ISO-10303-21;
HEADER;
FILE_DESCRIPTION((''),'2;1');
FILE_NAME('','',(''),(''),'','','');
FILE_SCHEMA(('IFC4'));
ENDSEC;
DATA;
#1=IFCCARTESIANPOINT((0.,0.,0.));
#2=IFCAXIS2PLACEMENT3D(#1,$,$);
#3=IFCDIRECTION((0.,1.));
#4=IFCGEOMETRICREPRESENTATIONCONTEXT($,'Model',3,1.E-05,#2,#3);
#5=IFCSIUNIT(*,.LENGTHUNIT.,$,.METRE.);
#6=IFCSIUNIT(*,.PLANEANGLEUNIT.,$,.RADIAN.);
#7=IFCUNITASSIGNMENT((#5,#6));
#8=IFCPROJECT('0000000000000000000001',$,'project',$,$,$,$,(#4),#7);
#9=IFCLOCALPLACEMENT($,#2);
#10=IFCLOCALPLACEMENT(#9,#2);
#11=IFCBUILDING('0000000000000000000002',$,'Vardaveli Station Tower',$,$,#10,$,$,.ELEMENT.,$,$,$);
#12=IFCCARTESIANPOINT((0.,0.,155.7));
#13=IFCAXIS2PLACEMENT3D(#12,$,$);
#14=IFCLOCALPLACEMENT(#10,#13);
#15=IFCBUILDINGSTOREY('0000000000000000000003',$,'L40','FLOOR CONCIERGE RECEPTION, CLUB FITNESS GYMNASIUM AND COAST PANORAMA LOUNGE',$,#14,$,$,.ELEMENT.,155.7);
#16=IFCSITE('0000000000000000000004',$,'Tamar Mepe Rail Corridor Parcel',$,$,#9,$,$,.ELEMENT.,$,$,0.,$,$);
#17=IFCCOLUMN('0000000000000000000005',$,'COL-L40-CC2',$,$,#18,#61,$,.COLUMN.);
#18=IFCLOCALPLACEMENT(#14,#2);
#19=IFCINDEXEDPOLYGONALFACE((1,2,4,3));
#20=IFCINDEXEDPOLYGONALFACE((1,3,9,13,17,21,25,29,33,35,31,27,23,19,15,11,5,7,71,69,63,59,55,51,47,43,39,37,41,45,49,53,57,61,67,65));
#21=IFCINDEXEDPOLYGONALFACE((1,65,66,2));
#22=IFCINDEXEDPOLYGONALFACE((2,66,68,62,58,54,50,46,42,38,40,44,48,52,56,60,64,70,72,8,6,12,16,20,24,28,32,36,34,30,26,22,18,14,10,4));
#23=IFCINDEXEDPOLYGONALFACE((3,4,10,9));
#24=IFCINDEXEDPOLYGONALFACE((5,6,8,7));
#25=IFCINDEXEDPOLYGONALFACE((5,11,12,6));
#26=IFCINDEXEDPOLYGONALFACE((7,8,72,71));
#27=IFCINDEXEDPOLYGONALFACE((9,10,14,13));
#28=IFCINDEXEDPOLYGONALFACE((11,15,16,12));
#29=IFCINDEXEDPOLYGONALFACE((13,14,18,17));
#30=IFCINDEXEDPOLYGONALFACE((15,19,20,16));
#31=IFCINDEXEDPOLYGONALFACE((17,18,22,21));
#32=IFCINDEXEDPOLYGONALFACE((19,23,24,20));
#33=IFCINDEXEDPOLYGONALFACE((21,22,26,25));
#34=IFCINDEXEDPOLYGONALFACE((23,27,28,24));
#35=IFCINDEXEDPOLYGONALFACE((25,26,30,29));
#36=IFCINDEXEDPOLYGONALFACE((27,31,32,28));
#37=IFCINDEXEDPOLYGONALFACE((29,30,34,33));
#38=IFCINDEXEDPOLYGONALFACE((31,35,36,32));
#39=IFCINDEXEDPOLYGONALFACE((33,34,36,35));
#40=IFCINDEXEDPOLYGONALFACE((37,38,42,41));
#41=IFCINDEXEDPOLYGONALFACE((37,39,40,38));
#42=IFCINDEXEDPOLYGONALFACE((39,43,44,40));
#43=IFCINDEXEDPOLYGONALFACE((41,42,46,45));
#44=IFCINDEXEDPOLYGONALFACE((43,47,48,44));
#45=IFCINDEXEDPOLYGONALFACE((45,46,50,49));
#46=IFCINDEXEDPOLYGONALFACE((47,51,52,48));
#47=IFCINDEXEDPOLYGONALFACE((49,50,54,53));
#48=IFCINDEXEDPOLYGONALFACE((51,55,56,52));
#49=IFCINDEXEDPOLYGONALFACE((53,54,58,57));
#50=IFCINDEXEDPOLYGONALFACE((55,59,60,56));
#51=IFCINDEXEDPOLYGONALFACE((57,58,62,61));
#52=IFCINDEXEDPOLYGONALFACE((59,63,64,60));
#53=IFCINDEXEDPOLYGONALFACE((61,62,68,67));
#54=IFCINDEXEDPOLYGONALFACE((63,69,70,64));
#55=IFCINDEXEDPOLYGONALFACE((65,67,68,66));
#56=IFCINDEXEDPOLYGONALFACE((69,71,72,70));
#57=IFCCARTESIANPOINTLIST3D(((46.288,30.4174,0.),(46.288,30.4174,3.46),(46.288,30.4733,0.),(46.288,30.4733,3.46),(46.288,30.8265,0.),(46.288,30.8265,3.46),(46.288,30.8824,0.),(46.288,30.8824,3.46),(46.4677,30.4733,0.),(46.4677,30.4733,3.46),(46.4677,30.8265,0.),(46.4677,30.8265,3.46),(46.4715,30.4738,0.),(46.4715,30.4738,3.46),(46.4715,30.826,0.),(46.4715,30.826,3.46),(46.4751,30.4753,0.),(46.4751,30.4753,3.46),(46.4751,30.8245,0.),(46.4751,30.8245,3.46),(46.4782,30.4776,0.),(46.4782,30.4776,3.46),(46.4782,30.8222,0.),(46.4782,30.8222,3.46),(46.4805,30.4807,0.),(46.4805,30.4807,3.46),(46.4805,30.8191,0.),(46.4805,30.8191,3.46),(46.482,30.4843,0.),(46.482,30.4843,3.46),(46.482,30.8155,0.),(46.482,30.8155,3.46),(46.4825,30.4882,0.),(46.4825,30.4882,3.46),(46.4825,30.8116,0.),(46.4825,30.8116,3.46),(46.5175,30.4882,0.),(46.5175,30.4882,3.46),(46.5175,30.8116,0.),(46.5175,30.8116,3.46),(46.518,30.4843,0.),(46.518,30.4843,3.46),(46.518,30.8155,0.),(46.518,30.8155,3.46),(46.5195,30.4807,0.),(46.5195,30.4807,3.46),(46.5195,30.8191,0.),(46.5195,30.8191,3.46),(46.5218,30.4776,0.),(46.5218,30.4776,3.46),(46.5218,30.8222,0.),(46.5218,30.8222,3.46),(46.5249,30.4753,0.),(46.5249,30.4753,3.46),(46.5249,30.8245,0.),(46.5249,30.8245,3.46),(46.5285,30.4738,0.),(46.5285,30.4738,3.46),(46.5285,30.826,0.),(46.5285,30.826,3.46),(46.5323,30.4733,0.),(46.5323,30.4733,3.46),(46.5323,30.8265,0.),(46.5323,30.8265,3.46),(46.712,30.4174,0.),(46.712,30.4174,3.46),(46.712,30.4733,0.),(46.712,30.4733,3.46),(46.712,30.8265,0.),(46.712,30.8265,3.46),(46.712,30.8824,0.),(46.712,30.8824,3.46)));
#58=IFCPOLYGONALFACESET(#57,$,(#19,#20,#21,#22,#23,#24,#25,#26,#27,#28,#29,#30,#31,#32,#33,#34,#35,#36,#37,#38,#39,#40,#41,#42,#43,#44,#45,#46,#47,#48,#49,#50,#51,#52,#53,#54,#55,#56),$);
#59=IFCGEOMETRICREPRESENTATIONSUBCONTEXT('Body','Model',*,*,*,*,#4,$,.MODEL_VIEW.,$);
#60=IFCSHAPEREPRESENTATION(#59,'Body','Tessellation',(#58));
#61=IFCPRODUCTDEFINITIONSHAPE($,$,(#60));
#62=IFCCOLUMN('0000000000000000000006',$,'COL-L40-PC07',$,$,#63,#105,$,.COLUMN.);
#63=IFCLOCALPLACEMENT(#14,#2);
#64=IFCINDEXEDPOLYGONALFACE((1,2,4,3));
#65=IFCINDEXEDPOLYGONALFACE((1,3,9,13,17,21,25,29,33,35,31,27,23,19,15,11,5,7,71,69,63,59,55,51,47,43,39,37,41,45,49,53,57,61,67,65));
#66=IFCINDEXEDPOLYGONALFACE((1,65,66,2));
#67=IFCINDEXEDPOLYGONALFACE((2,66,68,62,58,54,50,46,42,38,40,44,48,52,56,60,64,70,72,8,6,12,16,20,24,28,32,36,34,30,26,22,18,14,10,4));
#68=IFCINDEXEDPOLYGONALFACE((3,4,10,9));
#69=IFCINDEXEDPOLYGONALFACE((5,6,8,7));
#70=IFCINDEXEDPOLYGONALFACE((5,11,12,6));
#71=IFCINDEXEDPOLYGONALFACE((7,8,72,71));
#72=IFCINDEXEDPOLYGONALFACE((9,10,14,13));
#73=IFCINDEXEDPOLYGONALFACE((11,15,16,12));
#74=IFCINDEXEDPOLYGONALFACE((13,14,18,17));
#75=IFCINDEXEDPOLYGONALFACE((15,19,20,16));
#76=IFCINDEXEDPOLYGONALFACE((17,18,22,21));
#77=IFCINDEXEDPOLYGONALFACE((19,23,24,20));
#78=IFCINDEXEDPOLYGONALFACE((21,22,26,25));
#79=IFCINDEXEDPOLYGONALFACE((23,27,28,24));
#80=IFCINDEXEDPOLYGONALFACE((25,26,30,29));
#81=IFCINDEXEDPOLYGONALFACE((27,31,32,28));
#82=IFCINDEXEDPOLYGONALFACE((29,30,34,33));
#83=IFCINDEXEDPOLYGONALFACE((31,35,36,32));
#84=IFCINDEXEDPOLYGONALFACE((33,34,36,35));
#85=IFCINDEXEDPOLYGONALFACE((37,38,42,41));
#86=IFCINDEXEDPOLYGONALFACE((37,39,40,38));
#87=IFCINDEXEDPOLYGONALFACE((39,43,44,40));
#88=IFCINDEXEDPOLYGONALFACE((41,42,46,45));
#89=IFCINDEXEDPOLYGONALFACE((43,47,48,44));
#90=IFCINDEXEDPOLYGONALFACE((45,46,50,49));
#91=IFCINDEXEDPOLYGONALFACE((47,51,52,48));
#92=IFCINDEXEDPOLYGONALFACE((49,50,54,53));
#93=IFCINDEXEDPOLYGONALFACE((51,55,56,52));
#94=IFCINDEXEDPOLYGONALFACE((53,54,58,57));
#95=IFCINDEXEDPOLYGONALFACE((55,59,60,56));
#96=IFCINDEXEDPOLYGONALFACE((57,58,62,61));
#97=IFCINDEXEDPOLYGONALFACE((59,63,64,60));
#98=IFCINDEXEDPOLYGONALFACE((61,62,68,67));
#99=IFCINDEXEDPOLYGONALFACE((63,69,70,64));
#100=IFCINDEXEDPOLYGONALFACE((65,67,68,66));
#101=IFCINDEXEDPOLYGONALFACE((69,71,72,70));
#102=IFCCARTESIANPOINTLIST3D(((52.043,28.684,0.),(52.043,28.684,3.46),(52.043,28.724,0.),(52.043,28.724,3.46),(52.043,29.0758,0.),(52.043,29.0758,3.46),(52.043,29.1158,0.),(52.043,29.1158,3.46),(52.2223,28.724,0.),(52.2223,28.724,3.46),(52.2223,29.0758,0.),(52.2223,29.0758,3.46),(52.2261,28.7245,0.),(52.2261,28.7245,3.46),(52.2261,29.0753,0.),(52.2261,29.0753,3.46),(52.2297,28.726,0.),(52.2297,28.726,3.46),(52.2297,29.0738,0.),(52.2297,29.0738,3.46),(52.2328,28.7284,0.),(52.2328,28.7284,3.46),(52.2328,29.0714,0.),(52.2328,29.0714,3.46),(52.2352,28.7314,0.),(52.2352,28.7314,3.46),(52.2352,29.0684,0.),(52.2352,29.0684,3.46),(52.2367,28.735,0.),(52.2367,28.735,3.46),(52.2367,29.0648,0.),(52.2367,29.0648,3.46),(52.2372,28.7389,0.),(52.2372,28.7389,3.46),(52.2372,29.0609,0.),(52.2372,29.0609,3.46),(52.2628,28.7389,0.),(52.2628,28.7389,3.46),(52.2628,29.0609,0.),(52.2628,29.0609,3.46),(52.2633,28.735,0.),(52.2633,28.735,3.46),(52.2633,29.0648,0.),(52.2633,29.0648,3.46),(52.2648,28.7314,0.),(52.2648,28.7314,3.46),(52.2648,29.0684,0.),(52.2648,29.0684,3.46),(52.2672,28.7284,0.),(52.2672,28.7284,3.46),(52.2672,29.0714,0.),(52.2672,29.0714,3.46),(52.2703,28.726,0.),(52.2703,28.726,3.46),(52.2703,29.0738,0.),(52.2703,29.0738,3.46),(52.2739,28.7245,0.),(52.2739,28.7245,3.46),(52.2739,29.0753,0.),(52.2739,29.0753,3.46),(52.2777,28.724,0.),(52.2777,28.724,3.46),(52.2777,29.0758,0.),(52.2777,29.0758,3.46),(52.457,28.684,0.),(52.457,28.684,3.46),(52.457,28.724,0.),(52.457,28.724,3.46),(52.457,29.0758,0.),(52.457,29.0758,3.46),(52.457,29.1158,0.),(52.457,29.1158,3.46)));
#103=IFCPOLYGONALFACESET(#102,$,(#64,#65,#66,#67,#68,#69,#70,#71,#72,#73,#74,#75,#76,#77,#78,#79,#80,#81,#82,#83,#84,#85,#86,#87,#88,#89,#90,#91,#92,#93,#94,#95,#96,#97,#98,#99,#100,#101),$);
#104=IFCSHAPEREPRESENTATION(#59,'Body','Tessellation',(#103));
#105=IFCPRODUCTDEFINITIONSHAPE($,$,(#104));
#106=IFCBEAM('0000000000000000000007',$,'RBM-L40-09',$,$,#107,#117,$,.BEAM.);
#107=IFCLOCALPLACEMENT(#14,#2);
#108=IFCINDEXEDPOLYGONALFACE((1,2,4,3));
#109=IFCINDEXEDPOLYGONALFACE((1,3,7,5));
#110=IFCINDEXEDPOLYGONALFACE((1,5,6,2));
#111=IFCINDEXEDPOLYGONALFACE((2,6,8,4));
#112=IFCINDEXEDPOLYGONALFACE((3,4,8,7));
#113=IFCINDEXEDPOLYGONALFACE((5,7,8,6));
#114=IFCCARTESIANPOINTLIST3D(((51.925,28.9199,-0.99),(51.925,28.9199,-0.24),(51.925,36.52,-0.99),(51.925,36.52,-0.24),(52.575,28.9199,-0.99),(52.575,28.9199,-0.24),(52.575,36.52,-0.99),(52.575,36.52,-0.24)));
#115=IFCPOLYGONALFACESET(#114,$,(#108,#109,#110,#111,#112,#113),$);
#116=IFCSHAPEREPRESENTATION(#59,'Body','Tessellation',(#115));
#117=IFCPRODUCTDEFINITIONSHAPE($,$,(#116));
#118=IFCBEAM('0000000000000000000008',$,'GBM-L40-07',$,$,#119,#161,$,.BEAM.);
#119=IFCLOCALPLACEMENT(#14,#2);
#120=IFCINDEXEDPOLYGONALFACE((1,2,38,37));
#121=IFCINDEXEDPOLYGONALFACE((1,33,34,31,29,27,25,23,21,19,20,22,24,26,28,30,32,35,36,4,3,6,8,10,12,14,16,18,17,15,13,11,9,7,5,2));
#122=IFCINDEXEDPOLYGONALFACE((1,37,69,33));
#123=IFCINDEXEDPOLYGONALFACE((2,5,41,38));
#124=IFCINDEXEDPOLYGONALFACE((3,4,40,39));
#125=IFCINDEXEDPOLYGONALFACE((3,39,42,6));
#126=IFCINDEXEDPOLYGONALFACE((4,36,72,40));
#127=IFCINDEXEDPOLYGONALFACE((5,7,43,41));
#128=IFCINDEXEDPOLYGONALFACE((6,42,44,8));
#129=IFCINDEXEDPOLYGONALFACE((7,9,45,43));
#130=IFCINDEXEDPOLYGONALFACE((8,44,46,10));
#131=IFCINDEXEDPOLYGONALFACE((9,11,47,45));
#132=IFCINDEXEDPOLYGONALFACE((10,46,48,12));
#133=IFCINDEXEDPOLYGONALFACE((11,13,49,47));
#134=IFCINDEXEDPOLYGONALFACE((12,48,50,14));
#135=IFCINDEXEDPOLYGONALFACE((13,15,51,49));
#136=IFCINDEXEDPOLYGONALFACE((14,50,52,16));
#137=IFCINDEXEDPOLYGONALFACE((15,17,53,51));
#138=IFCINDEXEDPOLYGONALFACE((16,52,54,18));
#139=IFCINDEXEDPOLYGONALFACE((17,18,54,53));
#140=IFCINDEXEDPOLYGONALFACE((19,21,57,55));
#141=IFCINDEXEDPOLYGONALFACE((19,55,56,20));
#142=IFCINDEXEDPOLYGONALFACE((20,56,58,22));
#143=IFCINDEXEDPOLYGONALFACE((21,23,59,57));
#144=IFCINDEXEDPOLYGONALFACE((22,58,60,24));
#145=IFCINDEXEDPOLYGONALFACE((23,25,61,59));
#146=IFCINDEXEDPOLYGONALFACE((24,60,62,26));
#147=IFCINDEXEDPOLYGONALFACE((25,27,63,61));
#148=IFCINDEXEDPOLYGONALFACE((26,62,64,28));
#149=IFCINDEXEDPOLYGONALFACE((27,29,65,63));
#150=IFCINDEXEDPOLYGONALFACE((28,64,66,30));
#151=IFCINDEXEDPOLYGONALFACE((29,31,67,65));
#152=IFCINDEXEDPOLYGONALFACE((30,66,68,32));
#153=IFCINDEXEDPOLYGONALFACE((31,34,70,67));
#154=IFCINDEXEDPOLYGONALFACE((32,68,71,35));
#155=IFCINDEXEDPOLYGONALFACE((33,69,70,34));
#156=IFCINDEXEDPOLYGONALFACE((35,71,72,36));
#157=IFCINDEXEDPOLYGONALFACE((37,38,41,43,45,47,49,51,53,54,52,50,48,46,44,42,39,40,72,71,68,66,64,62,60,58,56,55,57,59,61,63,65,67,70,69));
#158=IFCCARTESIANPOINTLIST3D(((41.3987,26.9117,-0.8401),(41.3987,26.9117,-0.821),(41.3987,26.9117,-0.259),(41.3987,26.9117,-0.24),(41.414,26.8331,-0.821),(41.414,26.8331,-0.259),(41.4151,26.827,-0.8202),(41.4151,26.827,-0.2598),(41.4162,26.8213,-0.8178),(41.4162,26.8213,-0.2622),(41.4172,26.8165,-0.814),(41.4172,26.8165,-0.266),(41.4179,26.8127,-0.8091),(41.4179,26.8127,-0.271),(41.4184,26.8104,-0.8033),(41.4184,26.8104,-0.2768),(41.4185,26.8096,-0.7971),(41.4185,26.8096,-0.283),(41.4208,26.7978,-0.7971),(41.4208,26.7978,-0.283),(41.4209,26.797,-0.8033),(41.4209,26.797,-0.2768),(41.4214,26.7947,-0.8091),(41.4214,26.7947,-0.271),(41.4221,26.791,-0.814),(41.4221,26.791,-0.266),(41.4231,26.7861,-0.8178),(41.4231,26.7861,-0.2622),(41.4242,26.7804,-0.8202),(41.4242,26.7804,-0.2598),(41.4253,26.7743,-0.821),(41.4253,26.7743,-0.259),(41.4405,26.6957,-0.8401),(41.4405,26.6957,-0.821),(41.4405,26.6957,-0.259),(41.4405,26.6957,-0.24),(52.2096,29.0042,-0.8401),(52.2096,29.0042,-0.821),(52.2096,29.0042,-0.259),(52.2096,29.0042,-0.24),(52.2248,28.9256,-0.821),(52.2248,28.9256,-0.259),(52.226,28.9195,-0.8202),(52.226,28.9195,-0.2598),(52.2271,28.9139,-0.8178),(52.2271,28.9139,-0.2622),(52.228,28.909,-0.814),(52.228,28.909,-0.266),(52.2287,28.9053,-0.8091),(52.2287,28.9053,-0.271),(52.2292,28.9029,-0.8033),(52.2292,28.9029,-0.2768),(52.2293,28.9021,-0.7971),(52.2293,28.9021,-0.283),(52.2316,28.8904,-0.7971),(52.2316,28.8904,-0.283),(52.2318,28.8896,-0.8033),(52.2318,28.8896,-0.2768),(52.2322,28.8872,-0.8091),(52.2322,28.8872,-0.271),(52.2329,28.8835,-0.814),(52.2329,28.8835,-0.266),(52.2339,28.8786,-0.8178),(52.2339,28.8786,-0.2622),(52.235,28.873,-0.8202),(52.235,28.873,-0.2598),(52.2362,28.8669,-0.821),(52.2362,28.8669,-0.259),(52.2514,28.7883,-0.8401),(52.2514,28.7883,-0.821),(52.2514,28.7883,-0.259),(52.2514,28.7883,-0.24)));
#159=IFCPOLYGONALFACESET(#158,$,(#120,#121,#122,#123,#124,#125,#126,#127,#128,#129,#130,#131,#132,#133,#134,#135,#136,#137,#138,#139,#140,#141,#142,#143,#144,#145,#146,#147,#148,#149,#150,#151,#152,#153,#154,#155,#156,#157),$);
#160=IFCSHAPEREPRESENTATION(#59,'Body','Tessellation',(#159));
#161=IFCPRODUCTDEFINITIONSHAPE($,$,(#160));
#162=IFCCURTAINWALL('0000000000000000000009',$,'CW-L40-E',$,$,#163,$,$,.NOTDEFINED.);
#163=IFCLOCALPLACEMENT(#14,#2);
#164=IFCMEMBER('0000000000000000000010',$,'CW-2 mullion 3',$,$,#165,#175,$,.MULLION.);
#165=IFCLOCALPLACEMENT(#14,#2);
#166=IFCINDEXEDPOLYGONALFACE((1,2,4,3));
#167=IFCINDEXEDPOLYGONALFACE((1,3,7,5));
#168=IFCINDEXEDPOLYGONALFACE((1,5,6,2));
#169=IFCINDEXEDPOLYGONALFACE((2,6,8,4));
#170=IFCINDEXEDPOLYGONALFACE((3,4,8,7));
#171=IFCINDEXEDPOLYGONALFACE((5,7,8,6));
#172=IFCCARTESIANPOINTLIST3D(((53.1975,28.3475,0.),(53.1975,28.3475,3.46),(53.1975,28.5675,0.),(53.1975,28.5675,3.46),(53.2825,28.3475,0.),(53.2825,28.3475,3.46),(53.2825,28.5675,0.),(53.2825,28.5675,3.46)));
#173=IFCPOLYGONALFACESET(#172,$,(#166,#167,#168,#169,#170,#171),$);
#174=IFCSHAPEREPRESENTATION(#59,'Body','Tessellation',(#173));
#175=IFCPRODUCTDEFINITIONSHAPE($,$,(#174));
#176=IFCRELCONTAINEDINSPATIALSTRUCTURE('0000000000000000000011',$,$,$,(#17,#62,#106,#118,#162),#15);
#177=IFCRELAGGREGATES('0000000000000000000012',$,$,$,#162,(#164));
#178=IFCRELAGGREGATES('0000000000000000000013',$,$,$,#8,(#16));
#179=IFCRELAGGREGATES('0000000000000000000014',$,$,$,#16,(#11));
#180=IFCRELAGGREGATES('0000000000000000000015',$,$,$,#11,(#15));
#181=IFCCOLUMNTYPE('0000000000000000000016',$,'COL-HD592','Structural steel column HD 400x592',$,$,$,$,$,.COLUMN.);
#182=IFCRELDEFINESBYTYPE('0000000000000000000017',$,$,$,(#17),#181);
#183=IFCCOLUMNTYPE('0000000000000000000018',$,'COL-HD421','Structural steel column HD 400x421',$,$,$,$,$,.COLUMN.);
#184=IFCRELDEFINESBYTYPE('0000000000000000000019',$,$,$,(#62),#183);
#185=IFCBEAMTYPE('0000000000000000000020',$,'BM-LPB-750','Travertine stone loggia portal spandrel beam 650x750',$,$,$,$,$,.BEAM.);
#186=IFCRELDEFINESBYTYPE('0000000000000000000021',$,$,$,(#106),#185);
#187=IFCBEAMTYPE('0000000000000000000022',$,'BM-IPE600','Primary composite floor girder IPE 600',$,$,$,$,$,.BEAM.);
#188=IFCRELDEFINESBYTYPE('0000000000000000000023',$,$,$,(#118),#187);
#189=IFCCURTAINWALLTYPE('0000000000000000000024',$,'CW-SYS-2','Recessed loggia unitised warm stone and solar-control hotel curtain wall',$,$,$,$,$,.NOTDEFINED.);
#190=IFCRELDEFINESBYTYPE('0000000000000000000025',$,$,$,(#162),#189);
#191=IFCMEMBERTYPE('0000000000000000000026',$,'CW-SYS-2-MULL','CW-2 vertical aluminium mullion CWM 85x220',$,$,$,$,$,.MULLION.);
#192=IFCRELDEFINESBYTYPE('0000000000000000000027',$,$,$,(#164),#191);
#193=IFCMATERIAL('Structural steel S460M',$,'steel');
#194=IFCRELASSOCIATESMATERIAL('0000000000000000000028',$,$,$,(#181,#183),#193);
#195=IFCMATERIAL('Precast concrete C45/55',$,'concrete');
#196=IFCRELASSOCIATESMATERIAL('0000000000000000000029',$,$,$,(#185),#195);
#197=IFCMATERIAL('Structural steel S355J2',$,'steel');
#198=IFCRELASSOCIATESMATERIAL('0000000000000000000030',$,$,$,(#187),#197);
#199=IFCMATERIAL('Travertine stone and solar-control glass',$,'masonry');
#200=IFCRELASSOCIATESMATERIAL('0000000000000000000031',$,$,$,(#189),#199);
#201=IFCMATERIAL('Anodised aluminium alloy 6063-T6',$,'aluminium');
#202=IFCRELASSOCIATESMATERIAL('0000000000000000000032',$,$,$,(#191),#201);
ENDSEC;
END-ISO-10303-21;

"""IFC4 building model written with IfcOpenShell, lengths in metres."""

from ifc_helpers import new_model, si_unit, direction, frame, origin, origin_2d, place, context, subcontext, project, spatial, rectangle, i_section, extrude, source, transform, mapped, material, material_profile, profile_set, type_object, element, aggregate, save


model = new_model("IFC4")

# Units and contexts
model_context = context("Model", 3, precision=1e-05, world=origin(), true_north=direction((0.0, 1.0)))
body_context = subcontext(model_context, "Body", "Model", "MODEL_VIEW")
ifc_project = project(units=[si_unit("LENGTHUNIT", "METRE"), si_unit("PLANEANGLEUNIT", "RADIAN")], contexts=[model_context])

# Site, building, storey
site_placement = place(None, origin())
site = spatial("IfcSite", under=ifc_project, at=site_placement, Name="Tamar Mepe Rail Corridor Parcel", CompositionType="ELEMENT", RefElevation=0.0)
building_placement = place(site_placement, origin())
building = spatial("IfcBuilding", under=site, at=building_placement, Name="Vardaveli Station Tower", CompositionType="ELEMENT")
storey_placement = place(building_placement, frame((0.0, 0.0, 155.7)))
storey = spatial("IfcBuildingStorey", under=building, at=storey_placement, Name="L40", Description="FLOOR CONCIERGE RECEPTION, CLUB FITNESS GYMNASIUM AND COAST PANORAMA LOUNGE", CompositionType="ELEMENT", Elevation=155.7)

# Columns
ifc_material_1 = material(Name="Structural steel S460M", Category="steel")
ifc_material_profile_1 = material_profile(ifc_material_1, i_section(OverallWidth=0.4241, OverallDepth=0.4651, WebThickness=0.0349, FlangeThickness=0.0559, FilletRadius=0.0149, at=origin_2d()), Name="HD 400x592")
ifc_profile_set_1 = profile_set([ifc_material_profile_1], Name="Structural steel S460M")
column_type_1 = type_object("IfcColumnType", Name="COL-HD592", Description="Structural steel column HD 400x592", PredefinedType="COLUMN", material=ifc_profile_set_1)
shared_shape_1 = source(origin(), body_context, "Body", "SweptSolid", [
    extrude(i_section(OverallWidth=0.4241, OverallDepth=0.4651, WebThickness=0.0349, FlangeThickness=0.0559, FilletRadius=0.0149, at=origin_2d()), origin(), (0.0, 0.0, 1.0), 3.46),
])
column_1_placement = place(storey_placement, frame((46.5, 30.6499, 0.0), z_axis=(0.0, 0.0, 1.0), x_axis=(1.0, 0.0, 0.0)))
element("IfcColumn", 1, at=column_1_placement, inside=storey, type_object=column_type_1, Name="COL-L40-CC2", PredefinedType="COLUMN", context=body_context, shape_type="MappedRepresentation", body=[
    mapped(shared_shape_1, transform((0.0, 0.0, 0.0), scale=1.0)),
])
ifc_material_profile_2 = material_profile(ifc_material_1, i_section(OverallWidth=0.4141, OverallDepth=0.4319, WebThickness=0.0256, FlangeThickness=0.04, FilletRadius=0.0149, at=origin_2d()), Name="HD 400x421")
ifc_profile_set_2 = profile_set([ifc_material_profile_2], Name="Structural steel S460M")
column_type_2 = type_object("IfcColumnType", Name="COL-HD421", Description="Structural steel column HD 400x421", PredefinedType="COLUMN", material=ifc_profile_set_2)
shared_shape_2 = source(origin(), body_context, "Body", "SweptSolid", [
    extrude(i_section(OverallWidth=0.4141, OverallDepth=0.4319, WebThickness=0.0256, FlangeThickness=0.04, FilletRadius=0.0149, at=origin_2d()), origin(), (0.0, 0.0, 1.0), 3.46),
])
column_2_placement = place(storey_placement, frame((52.25, 28.8999, 0.0), z_axis=(0.0, 0.0, 1.0), x_axis=(1.0, 0.0, 0.0)))
element("IfcColumn", 2, at=column_2_placement, inside=storey, type_object=column_type_2, Name="COL-L40-PC07", PredefinedType="COLUMN", context=body_context, shape_type="MappedRepresentation", body=[
    mapped(shared_shape_2, transform((0.0, 0.0, 0.0), scale=1.0)),
])

# Beams
ifc_material_2 = material(Name="Precast concrete C45/55", Category="concrete")
ifc_material_profile_3 = material_profile(ifc_material_2, rectangle(XDim=0.6499, YDim=0.75, at=origin_2d()), Name="LPB 650x750")
ifc_profile_set_3 = profile_set([ifc_material_profile_3], Name="Precast concrete C45/55")
beam_type_1 = type_object("IfcBeamType", Name="BM-LPB-750", Description="Travertine stone loggia portal spandrel beam 650x750", PredefinedType="BEAM", material=ifc_profile_set_3)
shared_shape_3 = source(origin(), body_context, "Body", "SweptSolid", [
    extrude(rectangle(XDim=0.6499, YDim=0.75, at=origin_2d()), origin(), (0.0, 0.0, 1.0), 7.6001),
])
beam_1_placement = place(storey_placement, frame((52.25, 28.9199, -0.615), z_axis=(0.0, 1.0, 0.0), x_axis=(-1.0, 0.0, 0.0)))
element("IfcBeam", 3, at=beam_1_placement, inside=storey, type_object=beam_type_1, Name="RBM-L40-09", PredefinedType="BEAM", context=body_context, shape_type="MappedRepresentation", body=[
    mapped(shared_shape_3, transform((0.0, 0.0, 0.0), scale=1.0)),
])
ifc_material_3 = material(Name="Structural steel S355J2", Category="steel")
ifc_material_profile_4 = material_profile(ifc_material_3, i_section(OverallWidth=0.22, OverallDepth=0.6001, WebThickness=0.012, FlangeThickness=0.019, FilletRadius=0.0239, at=origin_2d()), Name="IPE 600")
ifc_profile_set_4 = profile_set([ifc_material_profile_4], Name="Structural steel S355J2")
beam_type_2 = type_object("IfcBeamType", Name="BM-IPE600", Description="Primary composite floor girder IPE 600", PredefinedType="BEAM", material=ifc_profile_set_4)
shared_shape_4 = source(origin(), body_context, "Body", "SweptSolid", [
    extrude(i_section(OverallWidth=0.22, OverallDepth=0.6001, WebThickness=0.012, FlangeThickness=0.019, FilletRadius=0.0239, at=origin_2d()), origin(), (0.0, 0.0, 1.0), 11.0115),
])
beam_2_placement = place(storey_placement, frame((52.2305, 28.8962, -0.54), z_axis=(-0.981778, -0.190032, 0.0), x_axis=(0.190032, -0.981778, 0.0)))
element("IfcBeam", 4, at=beam_2_placement, inside=storey, type_object=beam_type_2, Name="GBM-L40-07", PredefinedType="BEAM", context=body_context, shape_type="MappedRepresentation", body=[
    mapped(shared_shape_4, transform((0.0, 0.0, 0.0), scale=1.0)),
])

# Curtain wall, member
ifc_material_4 = material(Name="Travertine stone and solar-control glass", Category="masonry")
curtain_wall_type = type_object("IfcCurtainWallType", Name="CW-SYS-2", Description="Recessed loggia unitised warm stone and solar-control hotel curtain wall", PredefinedType="NOTDEFINED", material=ifc_material_4)
curtain_wall_placement = place(storey_placement, origin())
curtain_wall = element("IfcCurtainWall", 5, at=curtain_wall_placement, inside=storey, type_object=curtain_wall_type, Name="CW-L40-E", PredefinedType="NOTDEFINED")
ifc_material_5 = material(Name="Anodised aluminium alloy 6063-T6", Category="aluminium")
ifc_material_profile_5 = material_profile(ifc_material_5, rectangle(XDim=0.085, YDim=0.22, at=origin_2d()), Name="CWM 85x220")
ifc_profile_set_5 = profile_set([ifc_material_profile_5], Name="Anodised aluminium alloy 6063-T6")
member_type = type_object("IfcMemberType", Name="CW-SYS-2-MULL", Description="CW-2 vertical aluminium mullion CWM 85x220", PredefinedType="MULLION", material=ifc_profile_set_5)
shared_shape_5 = source(origin(), body_context, "Body", "SweptSolid", [
    extrude(rectangle(XDim=0.085, YDim=0.22, at=origin_2d()), origin(), (0.0, 0.0, 1.0), 3.46),
])
member_placement = place(storey_placement, frame((53.24, 28.4575, 0.0), z_axis=(0.0, 0.0, 1.0), x_axis=(-1.0, 0.0, 0.0)))
member = element("IfcMember", 6, at=member_placement, type_object=member_type, Name="CW-2 mullion 3", PredefinedType="MULLION", context=body_context, shape_type="MappedRepresentation", body=[
    mapped(shared_shape_5, transform((0.0, 0.0, 0.0), scale=1.0)),
])
aggregate(curtain_wall, [member])

save(model, "model.ifc")
